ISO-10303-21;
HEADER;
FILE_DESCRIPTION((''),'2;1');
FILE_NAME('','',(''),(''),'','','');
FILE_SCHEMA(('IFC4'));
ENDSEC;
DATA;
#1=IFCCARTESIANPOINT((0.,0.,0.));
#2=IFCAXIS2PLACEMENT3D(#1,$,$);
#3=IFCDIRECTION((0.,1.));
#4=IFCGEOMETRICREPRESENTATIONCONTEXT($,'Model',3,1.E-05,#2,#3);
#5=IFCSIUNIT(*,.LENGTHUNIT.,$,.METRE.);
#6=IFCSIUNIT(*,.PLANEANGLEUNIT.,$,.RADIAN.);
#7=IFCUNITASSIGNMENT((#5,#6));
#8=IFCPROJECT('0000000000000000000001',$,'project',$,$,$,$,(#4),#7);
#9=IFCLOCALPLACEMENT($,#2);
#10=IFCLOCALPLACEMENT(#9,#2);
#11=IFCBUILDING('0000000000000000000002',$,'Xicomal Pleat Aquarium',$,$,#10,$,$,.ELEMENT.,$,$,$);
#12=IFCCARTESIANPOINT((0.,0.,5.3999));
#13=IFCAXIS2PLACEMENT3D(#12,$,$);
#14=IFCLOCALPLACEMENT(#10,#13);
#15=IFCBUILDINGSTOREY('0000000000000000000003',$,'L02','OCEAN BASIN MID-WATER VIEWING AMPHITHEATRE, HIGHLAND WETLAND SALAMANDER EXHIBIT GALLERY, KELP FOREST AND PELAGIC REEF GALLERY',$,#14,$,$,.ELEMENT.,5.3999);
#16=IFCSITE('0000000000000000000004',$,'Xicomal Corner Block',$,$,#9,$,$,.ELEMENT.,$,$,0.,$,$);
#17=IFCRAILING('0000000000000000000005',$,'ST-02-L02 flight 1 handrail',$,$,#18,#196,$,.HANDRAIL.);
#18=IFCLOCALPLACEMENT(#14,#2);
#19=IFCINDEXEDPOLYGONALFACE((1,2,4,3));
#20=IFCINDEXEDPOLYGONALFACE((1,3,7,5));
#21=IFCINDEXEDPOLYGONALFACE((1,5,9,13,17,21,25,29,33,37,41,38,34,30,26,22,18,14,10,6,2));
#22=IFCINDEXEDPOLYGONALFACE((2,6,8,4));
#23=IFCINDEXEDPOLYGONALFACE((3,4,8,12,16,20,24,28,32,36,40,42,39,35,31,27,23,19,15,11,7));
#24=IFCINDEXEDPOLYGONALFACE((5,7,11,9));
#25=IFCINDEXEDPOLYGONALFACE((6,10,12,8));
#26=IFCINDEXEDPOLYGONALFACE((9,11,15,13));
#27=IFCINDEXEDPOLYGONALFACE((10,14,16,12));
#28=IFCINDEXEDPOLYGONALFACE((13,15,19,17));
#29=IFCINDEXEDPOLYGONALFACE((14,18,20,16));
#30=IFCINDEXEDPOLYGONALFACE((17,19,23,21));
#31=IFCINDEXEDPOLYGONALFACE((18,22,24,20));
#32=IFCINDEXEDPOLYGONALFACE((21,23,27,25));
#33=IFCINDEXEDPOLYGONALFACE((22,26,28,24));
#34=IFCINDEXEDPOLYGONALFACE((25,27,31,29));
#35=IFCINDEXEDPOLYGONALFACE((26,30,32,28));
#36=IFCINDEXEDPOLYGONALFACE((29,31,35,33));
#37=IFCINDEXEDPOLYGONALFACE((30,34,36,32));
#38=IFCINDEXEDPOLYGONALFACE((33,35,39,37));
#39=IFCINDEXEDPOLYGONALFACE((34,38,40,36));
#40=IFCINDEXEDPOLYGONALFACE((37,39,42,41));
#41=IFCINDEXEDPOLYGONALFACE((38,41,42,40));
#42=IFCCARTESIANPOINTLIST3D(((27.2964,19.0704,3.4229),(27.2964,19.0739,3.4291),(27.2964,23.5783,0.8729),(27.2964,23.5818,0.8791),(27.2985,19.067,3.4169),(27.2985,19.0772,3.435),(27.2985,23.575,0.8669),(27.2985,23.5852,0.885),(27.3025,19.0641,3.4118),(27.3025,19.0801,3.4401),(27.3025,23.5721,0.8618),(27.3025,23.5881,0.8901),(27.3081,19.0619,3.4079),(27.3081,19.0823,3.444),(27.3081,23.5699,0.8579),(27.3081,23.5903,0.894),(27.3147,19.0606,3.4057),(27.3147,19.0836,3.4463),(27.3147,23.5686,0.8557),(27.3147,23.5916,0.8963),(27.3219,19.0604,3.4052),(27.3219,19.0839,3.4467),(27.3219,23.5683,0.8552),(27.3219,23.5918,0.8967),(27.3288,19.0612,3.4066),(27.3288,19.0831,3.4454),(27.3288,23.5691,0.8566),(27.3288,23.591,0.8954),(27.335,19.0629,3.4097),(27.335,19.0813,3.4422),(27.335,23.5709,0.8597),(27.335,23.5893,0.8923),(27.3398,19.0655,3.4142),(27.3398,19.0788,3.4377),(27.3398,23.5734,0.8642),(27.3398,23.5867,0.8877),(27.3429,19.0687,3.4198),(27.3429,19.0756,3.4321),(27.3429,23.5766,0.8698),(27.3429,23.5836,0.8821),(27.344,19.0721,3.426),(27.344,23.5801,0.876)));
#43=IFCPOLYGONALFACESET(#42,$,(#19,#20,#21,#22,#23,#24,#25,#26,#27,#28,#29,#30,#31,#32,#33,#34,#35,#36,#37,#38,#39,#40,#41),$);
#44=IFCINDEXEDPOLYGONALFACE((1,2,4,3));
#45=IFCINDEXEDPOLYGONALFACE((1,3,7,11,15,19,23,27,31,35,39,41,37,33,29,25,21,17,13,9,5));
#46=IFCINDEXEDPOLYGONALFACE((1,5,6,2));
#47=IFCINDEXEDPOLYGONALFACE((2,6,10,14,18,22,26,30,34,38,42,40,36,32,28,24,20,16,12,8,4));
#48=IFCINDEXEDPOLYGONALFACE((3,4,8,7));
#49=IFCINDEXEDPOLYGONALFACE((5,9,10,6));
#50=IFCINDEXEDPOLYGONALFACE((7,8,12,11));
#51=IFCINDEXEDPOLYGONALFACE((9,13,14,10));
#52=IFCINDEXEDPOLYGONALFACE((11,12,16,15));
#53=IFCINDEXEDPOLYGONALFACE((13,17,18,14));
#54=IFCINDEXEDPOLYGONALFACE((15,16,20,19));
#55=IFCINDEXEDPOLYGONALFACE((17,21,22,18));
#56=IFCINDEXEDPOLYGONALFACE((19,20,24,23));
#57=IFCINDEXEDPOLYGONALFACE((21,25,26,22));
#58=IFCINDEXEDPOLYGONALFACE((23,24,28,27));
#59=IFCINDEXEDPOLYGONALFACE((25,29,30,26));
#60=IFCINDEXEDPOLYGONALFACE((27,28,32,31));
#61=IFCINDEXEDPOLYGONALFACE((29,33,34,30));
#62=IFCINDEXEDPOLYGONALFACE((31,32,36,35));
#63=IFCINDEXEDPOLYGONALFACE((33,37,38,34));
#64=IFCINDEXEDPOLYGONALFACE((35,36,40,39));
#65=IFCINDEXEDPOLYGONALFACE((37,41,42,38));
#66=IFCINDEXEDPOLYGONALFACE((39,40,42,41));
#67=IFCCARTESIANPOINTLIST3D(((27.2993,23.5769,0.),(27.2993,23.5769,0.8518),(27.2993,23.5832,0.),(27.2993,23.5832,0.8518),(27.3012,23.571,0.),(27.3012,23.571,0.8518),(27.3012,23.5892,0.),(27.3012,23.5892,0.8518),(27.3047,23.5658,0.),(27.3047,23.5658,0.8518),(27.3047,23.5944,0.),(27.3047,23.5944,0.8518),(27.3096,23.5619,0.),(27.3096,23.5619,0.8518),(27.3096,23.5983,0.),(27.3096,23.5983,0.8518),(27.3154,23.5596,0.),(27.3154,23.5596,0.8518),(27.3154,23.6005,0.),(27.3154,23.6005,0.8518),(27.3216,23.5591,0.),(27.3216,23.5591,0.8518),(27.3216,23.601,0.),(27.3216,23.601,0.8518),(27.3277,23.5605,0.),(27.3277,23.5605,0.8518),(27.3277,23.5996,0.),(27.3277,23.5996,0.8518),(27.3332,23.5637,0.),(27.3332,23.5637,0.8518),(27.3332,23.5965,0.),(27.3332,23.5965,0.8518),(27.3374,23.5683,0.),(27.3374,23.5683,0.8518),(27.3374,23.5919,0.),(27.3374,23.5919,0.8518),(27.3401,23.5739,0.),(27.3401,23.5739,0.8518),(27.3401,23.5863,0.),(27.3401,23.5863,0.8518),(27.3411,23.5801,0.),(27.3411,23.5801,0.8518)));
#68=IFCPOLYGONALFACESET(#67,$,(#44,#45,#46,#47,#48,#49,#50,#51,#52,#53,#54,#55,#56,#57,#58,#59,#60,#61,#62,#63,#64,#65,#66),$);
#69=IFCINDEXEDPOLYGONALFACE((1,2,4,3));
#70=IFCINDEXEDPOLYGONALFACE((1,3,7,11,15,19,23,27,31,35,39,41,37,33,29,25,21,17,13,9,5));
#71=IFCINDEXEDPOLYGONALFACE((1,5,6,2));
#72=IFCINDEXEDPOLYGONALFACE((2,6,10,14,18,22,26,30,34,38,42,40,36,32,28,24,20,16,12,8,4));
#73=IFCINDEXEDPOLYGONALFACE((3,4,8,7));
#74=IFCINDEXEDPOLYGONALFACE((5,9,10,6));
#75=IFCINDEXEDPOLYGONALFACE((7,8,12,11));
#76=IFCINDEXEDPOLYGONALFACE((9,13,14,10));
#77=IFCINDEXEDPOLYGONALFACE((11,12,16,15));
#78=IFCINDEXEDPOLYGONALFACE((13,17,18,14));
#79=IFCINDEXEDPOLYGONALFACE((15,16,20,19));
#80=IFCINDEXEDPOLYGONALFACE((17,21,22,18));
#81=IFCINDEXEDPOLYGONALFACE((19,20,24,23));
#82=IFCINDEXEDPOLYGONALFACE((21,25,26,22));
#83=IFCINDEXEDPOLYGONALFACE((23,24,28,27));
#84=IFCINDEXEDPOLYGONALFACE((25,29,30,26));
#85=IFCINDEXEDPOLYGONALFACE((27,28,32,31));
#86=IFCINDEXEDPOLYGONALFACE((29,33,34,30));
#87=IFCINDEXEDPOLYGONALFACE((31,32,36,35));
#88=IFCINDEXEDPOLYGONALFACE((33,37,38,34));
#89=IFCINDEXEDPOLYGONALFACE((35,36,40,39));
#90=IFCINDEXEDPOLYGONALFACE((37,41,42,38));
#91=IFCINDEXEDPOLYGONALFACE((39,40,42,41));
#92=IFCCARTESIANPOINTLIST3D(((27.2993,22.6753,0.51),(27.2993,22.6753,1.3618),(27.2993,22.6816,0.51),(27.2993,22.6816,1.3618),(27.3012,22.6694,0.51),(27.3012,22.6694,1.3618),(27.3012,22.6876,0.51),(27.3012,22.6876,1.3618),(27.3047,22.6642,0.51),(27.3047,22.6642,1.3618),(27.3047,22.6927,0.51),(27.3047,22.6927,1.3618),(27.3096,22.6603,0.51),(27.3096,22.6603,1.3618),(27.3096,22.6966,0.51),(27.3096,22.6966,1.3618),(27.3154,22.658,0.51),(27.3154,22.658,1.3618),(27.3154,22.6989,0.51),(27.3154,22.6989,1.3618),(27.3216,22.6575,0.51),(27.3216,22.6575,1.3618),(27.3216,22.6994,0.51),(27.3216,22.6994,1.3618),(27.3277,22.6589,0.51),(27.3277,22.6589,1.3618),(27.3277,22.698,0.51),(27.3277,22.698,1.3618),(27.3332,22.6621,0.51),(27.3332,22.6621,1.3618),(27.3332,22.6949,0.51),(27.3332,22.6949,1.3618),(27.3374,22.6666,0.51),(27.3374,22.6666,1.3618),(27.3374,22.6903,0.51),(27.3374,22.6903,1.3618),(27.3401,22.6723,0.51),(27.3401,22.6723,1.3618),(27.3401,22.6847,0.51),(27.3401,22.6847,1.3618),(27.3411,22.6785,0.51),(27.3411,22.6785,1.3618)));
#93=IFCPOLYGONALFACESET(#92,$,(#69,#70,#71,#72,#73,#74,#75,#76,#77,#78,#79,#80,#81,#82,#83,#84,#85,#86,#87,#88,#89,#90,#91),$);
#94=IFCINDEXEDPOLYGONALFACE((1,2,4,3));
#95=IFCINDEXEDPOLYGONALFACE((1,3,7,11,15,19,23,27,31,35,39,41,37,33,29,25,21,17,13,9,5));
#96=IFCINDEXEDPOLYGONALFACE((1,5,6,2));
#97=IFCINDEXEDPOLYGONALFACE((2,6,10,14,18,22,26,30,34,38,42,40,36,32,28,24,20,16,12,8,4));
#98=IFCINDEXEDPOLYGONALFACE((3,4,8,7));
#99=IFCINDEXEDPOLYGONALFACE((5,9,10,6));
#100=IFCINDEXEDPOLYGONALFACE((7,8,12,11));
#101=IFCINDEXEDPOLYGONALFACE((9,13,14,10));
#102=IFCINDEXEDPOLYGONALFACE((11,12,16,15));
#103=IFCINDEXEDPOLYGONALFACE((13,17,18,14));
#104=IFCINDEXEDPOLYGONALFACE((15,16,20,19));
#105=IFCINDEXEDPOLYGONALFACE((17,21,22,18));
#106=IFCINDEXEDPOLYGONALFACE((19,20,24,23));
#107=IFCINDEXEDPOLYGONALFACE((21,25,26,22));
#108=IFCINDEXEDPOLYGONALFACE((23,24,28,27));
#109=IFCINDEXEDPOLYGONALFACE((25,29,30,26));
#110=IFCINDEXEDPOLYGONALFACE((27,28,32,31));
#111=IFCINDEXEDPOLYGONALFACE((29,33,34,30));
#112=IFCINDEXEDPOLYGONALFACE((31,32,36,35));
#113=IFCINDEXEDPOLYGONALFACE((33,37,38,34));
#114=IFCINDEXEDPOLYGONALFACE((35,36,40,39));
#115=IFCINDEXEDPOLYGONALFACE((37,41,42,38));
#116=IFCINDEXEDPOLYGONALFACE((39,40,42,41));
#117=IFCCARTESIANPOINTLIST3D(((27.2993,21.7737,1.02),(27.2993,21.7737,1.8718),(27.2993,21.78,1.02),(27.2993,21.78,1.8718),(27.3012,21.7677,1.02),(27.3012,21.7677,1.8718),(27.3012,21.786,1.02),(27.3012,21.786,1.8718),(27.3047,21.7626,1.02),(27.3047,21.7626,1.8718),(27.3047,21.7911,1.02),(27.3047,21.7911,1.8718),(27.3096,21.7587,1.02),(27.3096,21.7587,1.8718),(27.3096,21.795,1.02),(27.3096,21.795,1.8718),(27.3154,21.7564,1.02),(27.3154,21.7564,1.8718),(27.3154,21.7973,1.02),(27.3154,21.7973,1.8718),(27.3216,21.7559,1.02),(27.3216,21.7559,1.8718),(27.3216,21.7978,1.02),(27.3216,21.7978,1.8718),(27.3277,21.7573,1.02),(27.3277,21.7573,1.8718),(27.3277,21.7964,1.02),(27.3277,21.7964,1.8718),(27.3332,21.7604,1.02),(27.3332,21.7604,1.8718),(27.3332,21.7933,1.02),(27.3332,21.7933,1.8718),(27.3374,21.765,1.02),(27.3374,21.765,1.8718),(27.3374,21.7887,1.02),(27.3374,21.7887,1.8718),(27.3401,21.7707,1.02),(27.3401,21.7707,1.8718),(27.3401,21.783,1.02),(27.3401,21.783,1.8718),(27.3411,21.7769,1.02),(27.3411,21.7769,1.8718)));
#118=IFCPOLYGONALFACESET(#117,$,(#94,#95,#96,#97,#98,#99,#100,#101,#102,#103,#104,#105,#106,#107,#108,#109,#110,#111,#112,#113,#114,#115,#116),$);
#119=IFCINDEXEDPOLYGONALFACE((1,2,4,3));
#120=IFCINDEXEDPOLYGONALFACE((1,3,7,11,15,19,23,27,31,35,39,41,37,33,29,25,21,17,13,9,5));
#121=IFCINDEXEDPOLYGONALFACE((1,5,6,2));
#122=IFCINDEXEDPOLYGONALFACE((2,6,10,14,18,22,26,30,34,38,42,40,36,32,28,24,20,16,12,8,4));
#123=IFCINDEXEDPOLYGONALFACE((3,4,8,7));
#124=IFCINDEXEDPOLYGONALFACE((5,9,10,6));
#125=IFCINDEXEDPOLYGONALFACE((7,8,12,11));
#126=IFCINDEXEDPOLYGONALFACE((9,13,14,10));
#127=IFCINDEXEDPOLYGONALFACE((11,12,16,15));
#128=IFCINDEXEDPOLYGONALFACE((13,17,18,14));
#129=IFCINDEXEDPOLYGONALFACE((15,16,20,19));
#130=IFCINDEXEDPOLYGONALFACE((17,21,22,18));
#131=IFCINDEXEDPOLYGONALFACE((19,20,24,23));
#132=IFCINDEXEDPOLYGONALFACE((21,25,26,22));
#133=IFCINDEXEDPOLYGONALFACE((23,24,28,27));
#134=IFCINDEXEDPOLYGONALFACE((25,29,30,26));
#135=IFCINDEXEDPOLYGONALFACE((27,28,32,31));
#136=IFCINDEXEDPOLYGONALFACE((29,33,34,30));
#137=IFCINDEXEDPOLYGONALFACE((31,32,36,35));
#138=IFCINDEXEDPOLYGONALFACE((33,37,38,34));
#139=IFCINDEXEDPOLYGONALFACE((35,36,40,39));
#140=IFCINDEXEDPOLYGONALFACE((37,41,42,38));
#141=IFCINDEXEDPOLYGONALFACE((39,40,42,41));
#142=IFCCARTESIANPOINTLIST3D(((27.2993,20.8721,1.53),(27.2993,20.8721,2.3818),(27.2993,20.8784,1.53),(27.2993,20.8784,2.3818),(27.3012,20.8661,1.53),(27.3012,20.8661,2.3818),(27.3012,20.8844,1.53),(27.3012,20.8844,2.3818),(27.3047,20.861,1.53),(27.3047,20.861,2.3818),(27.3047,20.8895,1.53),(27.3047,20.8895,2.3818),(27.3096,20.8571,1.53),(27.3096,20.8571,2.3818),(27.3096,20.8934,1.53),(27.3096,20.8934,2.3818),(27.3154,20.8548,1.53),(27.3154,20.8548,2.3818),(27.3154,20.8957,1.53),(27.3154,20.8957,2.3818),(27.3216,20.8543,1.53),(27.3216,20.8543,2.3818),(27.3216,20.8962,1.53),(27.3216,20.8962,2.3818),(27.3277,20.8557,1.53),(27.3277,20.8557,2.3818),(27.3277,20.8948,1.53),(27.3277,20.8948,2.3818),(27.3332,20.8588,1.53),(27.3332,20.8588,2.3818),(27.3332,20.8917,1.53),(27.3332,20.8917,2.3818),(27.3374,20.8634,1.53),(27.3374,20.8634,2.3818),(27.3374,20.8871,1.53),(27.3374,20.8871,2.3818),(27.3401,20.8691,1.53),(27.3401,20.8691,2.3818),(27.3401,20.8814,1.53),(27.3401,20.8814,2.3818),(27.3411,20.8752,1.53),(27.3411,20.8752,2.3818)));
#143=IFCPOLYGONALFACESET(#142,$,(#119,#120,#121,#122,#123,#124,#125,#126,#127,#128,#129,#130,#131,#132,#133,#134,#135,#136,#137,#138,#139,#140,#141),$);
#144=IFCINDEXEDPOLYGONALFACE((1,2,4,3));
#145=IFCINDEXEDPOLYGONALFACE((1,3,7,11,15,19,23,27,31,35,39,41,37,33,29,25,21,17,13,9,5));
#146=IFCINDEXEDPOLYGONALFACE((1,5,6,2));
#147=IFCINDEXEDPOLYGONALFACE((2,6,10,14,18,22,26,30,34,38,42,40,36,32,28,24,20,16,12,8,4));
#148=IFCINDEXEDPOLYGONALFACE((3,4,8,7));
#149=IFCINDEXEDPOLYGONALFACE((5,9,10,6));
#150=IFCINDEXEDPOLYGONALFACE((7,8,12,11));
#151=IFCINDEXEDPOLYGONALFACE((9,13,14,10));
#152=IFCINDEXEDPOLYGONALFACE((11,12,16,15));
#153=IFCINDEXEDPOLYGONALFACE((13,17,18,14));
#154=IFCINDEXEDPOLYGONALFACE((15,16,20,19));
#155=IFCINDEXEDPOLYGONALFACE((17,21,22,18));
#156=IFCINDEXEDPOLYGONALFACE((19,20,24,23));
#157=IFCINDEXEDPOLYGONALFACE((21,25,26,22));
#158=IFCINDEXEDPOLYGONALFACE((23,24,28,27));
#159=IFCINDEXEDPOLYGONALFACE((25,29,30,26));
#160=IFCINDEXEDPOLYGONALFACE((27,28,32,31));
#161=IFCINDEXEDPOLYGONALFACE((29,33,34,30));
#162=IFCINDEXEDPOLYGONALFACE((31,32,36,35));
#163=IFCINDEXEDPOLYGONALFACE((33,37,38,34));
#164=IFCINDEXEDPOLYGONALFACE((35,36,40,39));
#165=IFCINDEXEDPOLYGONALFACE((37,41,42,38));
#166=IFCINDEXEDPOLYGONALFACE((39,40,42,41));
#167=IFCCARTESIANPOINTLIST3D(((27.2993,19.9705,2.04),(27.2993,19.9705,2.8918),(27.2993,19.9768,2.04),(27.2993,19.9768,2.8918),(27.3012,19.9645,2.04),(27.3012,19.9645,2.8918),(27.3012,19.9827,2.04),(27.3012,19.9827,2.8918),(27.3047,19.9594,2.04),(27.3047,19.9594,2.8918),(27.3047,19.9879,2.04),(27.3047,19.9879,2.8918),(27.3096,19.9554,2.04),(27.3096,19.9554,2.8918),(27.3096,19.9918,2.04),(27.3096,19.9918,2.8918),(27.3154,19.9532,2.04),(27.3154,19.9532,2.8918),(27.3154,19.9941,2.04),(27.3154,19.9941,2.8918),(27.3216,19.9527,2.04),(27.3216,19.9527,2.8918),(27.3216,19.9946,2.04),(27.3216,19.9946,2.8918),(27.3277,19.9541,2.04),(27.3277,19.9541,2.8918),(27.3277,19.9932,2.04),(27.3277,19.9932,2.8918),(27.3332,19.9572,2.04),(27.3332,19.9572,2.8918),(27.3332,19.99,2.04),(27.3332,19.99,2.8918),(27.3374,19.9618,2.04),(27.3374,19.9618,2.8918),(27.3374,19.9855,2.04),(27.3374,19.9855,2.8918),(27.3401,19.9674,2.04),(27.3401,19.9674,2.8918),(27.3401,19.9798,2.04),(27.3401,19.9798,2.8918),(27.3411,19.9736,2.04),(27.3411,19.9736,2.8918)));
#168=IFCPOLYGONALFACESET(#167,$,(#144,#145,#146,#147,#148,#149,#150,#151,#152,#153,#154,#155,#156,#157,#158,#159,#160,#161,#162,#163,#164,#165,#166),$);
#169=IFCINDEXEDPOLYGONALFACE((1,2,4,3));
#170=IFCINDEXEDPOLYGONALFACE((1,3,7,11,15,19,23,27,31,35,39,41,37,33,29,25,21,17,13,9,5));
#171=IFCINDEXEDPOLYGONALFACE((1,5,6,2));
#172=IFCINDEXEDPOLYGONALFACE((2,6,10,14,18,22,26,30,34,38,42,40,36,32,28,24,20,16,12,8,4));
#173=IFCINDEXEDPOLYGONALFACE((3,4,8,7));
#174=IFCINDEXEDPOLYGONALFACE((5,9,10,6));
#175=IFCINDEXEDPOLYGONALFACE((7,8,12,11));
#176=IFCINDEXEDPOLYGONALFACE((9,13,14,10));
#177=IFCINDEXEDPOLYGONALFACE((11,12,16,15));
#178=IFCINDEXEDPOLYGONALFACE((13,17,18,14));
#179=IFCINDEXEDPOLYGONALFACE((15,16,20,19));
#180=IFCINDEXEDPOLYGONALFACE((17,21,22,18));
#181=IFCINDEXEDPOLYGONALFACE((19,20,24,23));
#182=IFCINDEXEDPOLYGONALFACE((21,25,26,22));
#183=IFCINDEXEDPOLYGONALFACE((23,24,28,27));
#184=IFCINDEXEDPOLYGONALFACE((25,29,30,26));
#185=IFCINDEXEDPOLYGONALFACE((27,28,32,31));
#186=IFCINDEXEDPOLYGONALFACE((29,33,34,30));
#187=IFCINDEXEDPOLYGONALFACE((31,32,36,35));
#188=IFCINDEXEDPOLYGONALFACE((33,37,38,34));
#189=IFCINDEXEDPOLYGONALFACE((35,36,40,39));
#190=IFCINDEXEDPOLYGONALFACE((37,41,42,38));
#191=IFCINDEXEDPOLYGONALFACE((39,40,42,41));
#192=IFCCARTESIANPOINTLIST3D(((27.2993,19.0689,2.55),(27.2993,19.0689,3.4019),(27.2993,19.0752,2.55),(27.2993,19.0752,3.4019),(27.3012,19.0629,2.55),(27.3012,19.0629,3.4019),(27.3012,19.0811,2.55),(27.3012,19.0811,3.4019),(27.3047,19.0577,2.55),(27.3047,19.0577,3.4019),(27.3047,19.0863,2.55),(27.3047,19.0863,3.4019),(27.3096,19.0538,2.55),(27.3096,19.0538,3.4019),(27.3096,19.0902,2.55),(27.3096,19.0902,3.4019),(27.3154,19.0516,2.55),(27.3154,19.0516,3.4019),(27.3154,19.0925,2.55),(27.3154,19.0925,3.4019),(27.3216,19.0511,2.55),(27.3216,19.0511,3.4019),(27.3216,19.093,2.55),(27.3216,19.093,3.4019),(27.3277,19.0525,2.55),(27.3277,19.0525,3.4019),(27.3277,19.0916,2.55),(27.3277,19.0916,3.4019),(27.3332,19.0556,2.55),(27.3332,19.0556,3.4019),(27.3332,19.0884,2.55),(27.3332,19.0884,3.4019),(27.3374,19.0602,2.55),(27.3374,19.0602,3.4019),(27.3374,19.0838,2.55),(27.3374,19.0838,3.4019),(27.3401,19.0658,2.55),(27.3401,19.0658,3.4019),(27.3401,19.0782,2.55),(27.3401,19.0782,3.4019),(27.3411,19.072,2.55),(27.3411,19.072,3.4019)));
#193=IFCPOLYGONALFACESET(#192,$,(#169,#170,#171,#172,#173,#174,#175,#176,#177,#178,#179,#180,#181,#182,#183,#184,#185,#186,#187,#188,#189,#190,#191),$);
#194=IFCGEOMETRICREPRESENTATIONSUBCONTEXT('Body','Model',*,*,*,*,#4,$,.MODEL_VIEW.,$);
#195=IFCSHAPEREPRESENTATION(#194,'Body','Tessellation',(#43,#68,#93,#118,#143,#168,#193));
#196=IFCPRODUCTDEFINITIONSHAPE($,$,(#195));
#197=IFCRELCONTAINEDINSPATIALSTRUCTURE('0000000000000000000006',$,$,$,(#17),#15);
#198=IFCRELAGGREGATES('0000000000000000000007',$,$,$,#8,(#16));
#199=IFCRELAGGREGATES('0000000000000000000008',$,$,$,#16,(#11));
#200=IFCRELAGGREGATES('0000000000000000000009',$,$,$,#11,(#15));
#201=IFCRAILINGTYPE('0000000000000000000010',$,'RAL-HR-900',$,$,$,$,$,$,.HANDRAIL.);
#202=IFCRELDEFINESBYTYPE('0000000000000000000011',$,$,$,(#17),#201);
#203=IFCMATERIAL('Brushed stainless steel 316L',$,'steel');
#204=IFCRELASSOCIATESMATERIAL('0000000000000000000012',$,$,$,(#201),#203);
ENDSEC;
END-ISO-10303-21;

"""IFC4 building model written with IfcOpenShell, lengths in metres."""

from ifc_helpers import new_model, si_unit, direction, frame, origin, origin_2d, place, context, subcontext, project, spatial, circle, extrude, material, type_object, element, save


model = new_model("IFC4")

# Units and contexts
model_context = context("Model", 3, precision=1e-05, world=origin(), true_north=direction((0.0, 1.0)))
body_context = subcontext(model_context, "Body", "Model", "MODEL_VIEW")
ifc_project = project(units=[si_unit("LENGTHUNIT", "METRE"), si_unit("PLANEANGLEUNIT", "RADIAN")], contexts=[model_context])

# Site, building, storey
site_placement = place(None, origin())
site = spatial("IfcSite", under=ifc_project, at=site_placement, Name="Xicomal Corner Block", CompositionType="ELEMENT", RefElevation=0.0)
building_placement = place(site_placement, origin())
building = spatial("IfcBuilding", under=site, at=building_placement, Name="Xicomal Pleat Aquarium", CompositionType="ELEMENT")
storey_placement = place(building_placement, frame((0.0, 0.0, 5.3999)))
storey = spatial("IfcBuildingStorey", under=building, at=storey_placement, Name="L02", Description="OCEAN BASIN MID-WATER VIEWING AMPHITHEATRE, HIGHLAND WETLAND SALAMANDER EXHIBIT GALLERY, KELP FOREST AND PELAGIC REEF GALLERY", CompositionType="ELEMENT", Elevation=5.3999)

# Railing
ifc_material_1 = material(Name="Brushed stainless steel 316L", Category="steel")
railing_type_1 = type_object("IfcRailingType", Name="RAL-HR-900", PredefinedType="HANDRAIL", material=ifc_material_1)
railing_1_placement = place(storey_placement, frame((27.3201, 23.5801, 0.0)))
element("IfcRailing", 1, at=railing_1_placement, inside=storey, type_object=railing_type_1, Name="ST-02-L02 flight 1 handrail", PredefinedType="HANDRAIL", context=body_context, shape_type="SweptSolid", body=[
    extrude(circle(Radius=0.0239, at=origin_2d()), frame((0.0, 0.0, 0.876), z_axis=(0.0, -0.870396, 0.492352), x_axis=(1.0, 0.0, 0.0)), (0.0, 0.0, 1.0), 5.1792),
    extrude(circle(Radius=0.021, at=origin_2d()), origin(), (0.0, 0.0, 1.0), 0.8518),
    extrude(circle(Radius=0.021, at=origin_2d()), frame((0.0, -0.9016, 0.51)), (0.0, 0.0, 1.0), 0.8518),
    extrude(circle(Radius=0.021, at=origin_2d()), frame((0.0, -1.8032, 1.02)), (0.0, 0.0, 1.0), 0.8518),
    extrude(circle(Radius=0.021, at=origin_2d()), frame((0.0, -2.7048, 1.53)), (0.0, 0.0, 1.0), 0.8518),
    extrude(circle(Radius=0.021, at=origin_2d()), frame((0.0, -3.6064, 2.04)), (0.0, 0.0, 1.0), 0.8518),
    extrude(circle(Radius=0.021, at=origin_2d()), frame((0.0, -4.5081, 2.55)), (0.0, 0.0, 1.0), 0.8518),
])

save(model, "model.ifc")
